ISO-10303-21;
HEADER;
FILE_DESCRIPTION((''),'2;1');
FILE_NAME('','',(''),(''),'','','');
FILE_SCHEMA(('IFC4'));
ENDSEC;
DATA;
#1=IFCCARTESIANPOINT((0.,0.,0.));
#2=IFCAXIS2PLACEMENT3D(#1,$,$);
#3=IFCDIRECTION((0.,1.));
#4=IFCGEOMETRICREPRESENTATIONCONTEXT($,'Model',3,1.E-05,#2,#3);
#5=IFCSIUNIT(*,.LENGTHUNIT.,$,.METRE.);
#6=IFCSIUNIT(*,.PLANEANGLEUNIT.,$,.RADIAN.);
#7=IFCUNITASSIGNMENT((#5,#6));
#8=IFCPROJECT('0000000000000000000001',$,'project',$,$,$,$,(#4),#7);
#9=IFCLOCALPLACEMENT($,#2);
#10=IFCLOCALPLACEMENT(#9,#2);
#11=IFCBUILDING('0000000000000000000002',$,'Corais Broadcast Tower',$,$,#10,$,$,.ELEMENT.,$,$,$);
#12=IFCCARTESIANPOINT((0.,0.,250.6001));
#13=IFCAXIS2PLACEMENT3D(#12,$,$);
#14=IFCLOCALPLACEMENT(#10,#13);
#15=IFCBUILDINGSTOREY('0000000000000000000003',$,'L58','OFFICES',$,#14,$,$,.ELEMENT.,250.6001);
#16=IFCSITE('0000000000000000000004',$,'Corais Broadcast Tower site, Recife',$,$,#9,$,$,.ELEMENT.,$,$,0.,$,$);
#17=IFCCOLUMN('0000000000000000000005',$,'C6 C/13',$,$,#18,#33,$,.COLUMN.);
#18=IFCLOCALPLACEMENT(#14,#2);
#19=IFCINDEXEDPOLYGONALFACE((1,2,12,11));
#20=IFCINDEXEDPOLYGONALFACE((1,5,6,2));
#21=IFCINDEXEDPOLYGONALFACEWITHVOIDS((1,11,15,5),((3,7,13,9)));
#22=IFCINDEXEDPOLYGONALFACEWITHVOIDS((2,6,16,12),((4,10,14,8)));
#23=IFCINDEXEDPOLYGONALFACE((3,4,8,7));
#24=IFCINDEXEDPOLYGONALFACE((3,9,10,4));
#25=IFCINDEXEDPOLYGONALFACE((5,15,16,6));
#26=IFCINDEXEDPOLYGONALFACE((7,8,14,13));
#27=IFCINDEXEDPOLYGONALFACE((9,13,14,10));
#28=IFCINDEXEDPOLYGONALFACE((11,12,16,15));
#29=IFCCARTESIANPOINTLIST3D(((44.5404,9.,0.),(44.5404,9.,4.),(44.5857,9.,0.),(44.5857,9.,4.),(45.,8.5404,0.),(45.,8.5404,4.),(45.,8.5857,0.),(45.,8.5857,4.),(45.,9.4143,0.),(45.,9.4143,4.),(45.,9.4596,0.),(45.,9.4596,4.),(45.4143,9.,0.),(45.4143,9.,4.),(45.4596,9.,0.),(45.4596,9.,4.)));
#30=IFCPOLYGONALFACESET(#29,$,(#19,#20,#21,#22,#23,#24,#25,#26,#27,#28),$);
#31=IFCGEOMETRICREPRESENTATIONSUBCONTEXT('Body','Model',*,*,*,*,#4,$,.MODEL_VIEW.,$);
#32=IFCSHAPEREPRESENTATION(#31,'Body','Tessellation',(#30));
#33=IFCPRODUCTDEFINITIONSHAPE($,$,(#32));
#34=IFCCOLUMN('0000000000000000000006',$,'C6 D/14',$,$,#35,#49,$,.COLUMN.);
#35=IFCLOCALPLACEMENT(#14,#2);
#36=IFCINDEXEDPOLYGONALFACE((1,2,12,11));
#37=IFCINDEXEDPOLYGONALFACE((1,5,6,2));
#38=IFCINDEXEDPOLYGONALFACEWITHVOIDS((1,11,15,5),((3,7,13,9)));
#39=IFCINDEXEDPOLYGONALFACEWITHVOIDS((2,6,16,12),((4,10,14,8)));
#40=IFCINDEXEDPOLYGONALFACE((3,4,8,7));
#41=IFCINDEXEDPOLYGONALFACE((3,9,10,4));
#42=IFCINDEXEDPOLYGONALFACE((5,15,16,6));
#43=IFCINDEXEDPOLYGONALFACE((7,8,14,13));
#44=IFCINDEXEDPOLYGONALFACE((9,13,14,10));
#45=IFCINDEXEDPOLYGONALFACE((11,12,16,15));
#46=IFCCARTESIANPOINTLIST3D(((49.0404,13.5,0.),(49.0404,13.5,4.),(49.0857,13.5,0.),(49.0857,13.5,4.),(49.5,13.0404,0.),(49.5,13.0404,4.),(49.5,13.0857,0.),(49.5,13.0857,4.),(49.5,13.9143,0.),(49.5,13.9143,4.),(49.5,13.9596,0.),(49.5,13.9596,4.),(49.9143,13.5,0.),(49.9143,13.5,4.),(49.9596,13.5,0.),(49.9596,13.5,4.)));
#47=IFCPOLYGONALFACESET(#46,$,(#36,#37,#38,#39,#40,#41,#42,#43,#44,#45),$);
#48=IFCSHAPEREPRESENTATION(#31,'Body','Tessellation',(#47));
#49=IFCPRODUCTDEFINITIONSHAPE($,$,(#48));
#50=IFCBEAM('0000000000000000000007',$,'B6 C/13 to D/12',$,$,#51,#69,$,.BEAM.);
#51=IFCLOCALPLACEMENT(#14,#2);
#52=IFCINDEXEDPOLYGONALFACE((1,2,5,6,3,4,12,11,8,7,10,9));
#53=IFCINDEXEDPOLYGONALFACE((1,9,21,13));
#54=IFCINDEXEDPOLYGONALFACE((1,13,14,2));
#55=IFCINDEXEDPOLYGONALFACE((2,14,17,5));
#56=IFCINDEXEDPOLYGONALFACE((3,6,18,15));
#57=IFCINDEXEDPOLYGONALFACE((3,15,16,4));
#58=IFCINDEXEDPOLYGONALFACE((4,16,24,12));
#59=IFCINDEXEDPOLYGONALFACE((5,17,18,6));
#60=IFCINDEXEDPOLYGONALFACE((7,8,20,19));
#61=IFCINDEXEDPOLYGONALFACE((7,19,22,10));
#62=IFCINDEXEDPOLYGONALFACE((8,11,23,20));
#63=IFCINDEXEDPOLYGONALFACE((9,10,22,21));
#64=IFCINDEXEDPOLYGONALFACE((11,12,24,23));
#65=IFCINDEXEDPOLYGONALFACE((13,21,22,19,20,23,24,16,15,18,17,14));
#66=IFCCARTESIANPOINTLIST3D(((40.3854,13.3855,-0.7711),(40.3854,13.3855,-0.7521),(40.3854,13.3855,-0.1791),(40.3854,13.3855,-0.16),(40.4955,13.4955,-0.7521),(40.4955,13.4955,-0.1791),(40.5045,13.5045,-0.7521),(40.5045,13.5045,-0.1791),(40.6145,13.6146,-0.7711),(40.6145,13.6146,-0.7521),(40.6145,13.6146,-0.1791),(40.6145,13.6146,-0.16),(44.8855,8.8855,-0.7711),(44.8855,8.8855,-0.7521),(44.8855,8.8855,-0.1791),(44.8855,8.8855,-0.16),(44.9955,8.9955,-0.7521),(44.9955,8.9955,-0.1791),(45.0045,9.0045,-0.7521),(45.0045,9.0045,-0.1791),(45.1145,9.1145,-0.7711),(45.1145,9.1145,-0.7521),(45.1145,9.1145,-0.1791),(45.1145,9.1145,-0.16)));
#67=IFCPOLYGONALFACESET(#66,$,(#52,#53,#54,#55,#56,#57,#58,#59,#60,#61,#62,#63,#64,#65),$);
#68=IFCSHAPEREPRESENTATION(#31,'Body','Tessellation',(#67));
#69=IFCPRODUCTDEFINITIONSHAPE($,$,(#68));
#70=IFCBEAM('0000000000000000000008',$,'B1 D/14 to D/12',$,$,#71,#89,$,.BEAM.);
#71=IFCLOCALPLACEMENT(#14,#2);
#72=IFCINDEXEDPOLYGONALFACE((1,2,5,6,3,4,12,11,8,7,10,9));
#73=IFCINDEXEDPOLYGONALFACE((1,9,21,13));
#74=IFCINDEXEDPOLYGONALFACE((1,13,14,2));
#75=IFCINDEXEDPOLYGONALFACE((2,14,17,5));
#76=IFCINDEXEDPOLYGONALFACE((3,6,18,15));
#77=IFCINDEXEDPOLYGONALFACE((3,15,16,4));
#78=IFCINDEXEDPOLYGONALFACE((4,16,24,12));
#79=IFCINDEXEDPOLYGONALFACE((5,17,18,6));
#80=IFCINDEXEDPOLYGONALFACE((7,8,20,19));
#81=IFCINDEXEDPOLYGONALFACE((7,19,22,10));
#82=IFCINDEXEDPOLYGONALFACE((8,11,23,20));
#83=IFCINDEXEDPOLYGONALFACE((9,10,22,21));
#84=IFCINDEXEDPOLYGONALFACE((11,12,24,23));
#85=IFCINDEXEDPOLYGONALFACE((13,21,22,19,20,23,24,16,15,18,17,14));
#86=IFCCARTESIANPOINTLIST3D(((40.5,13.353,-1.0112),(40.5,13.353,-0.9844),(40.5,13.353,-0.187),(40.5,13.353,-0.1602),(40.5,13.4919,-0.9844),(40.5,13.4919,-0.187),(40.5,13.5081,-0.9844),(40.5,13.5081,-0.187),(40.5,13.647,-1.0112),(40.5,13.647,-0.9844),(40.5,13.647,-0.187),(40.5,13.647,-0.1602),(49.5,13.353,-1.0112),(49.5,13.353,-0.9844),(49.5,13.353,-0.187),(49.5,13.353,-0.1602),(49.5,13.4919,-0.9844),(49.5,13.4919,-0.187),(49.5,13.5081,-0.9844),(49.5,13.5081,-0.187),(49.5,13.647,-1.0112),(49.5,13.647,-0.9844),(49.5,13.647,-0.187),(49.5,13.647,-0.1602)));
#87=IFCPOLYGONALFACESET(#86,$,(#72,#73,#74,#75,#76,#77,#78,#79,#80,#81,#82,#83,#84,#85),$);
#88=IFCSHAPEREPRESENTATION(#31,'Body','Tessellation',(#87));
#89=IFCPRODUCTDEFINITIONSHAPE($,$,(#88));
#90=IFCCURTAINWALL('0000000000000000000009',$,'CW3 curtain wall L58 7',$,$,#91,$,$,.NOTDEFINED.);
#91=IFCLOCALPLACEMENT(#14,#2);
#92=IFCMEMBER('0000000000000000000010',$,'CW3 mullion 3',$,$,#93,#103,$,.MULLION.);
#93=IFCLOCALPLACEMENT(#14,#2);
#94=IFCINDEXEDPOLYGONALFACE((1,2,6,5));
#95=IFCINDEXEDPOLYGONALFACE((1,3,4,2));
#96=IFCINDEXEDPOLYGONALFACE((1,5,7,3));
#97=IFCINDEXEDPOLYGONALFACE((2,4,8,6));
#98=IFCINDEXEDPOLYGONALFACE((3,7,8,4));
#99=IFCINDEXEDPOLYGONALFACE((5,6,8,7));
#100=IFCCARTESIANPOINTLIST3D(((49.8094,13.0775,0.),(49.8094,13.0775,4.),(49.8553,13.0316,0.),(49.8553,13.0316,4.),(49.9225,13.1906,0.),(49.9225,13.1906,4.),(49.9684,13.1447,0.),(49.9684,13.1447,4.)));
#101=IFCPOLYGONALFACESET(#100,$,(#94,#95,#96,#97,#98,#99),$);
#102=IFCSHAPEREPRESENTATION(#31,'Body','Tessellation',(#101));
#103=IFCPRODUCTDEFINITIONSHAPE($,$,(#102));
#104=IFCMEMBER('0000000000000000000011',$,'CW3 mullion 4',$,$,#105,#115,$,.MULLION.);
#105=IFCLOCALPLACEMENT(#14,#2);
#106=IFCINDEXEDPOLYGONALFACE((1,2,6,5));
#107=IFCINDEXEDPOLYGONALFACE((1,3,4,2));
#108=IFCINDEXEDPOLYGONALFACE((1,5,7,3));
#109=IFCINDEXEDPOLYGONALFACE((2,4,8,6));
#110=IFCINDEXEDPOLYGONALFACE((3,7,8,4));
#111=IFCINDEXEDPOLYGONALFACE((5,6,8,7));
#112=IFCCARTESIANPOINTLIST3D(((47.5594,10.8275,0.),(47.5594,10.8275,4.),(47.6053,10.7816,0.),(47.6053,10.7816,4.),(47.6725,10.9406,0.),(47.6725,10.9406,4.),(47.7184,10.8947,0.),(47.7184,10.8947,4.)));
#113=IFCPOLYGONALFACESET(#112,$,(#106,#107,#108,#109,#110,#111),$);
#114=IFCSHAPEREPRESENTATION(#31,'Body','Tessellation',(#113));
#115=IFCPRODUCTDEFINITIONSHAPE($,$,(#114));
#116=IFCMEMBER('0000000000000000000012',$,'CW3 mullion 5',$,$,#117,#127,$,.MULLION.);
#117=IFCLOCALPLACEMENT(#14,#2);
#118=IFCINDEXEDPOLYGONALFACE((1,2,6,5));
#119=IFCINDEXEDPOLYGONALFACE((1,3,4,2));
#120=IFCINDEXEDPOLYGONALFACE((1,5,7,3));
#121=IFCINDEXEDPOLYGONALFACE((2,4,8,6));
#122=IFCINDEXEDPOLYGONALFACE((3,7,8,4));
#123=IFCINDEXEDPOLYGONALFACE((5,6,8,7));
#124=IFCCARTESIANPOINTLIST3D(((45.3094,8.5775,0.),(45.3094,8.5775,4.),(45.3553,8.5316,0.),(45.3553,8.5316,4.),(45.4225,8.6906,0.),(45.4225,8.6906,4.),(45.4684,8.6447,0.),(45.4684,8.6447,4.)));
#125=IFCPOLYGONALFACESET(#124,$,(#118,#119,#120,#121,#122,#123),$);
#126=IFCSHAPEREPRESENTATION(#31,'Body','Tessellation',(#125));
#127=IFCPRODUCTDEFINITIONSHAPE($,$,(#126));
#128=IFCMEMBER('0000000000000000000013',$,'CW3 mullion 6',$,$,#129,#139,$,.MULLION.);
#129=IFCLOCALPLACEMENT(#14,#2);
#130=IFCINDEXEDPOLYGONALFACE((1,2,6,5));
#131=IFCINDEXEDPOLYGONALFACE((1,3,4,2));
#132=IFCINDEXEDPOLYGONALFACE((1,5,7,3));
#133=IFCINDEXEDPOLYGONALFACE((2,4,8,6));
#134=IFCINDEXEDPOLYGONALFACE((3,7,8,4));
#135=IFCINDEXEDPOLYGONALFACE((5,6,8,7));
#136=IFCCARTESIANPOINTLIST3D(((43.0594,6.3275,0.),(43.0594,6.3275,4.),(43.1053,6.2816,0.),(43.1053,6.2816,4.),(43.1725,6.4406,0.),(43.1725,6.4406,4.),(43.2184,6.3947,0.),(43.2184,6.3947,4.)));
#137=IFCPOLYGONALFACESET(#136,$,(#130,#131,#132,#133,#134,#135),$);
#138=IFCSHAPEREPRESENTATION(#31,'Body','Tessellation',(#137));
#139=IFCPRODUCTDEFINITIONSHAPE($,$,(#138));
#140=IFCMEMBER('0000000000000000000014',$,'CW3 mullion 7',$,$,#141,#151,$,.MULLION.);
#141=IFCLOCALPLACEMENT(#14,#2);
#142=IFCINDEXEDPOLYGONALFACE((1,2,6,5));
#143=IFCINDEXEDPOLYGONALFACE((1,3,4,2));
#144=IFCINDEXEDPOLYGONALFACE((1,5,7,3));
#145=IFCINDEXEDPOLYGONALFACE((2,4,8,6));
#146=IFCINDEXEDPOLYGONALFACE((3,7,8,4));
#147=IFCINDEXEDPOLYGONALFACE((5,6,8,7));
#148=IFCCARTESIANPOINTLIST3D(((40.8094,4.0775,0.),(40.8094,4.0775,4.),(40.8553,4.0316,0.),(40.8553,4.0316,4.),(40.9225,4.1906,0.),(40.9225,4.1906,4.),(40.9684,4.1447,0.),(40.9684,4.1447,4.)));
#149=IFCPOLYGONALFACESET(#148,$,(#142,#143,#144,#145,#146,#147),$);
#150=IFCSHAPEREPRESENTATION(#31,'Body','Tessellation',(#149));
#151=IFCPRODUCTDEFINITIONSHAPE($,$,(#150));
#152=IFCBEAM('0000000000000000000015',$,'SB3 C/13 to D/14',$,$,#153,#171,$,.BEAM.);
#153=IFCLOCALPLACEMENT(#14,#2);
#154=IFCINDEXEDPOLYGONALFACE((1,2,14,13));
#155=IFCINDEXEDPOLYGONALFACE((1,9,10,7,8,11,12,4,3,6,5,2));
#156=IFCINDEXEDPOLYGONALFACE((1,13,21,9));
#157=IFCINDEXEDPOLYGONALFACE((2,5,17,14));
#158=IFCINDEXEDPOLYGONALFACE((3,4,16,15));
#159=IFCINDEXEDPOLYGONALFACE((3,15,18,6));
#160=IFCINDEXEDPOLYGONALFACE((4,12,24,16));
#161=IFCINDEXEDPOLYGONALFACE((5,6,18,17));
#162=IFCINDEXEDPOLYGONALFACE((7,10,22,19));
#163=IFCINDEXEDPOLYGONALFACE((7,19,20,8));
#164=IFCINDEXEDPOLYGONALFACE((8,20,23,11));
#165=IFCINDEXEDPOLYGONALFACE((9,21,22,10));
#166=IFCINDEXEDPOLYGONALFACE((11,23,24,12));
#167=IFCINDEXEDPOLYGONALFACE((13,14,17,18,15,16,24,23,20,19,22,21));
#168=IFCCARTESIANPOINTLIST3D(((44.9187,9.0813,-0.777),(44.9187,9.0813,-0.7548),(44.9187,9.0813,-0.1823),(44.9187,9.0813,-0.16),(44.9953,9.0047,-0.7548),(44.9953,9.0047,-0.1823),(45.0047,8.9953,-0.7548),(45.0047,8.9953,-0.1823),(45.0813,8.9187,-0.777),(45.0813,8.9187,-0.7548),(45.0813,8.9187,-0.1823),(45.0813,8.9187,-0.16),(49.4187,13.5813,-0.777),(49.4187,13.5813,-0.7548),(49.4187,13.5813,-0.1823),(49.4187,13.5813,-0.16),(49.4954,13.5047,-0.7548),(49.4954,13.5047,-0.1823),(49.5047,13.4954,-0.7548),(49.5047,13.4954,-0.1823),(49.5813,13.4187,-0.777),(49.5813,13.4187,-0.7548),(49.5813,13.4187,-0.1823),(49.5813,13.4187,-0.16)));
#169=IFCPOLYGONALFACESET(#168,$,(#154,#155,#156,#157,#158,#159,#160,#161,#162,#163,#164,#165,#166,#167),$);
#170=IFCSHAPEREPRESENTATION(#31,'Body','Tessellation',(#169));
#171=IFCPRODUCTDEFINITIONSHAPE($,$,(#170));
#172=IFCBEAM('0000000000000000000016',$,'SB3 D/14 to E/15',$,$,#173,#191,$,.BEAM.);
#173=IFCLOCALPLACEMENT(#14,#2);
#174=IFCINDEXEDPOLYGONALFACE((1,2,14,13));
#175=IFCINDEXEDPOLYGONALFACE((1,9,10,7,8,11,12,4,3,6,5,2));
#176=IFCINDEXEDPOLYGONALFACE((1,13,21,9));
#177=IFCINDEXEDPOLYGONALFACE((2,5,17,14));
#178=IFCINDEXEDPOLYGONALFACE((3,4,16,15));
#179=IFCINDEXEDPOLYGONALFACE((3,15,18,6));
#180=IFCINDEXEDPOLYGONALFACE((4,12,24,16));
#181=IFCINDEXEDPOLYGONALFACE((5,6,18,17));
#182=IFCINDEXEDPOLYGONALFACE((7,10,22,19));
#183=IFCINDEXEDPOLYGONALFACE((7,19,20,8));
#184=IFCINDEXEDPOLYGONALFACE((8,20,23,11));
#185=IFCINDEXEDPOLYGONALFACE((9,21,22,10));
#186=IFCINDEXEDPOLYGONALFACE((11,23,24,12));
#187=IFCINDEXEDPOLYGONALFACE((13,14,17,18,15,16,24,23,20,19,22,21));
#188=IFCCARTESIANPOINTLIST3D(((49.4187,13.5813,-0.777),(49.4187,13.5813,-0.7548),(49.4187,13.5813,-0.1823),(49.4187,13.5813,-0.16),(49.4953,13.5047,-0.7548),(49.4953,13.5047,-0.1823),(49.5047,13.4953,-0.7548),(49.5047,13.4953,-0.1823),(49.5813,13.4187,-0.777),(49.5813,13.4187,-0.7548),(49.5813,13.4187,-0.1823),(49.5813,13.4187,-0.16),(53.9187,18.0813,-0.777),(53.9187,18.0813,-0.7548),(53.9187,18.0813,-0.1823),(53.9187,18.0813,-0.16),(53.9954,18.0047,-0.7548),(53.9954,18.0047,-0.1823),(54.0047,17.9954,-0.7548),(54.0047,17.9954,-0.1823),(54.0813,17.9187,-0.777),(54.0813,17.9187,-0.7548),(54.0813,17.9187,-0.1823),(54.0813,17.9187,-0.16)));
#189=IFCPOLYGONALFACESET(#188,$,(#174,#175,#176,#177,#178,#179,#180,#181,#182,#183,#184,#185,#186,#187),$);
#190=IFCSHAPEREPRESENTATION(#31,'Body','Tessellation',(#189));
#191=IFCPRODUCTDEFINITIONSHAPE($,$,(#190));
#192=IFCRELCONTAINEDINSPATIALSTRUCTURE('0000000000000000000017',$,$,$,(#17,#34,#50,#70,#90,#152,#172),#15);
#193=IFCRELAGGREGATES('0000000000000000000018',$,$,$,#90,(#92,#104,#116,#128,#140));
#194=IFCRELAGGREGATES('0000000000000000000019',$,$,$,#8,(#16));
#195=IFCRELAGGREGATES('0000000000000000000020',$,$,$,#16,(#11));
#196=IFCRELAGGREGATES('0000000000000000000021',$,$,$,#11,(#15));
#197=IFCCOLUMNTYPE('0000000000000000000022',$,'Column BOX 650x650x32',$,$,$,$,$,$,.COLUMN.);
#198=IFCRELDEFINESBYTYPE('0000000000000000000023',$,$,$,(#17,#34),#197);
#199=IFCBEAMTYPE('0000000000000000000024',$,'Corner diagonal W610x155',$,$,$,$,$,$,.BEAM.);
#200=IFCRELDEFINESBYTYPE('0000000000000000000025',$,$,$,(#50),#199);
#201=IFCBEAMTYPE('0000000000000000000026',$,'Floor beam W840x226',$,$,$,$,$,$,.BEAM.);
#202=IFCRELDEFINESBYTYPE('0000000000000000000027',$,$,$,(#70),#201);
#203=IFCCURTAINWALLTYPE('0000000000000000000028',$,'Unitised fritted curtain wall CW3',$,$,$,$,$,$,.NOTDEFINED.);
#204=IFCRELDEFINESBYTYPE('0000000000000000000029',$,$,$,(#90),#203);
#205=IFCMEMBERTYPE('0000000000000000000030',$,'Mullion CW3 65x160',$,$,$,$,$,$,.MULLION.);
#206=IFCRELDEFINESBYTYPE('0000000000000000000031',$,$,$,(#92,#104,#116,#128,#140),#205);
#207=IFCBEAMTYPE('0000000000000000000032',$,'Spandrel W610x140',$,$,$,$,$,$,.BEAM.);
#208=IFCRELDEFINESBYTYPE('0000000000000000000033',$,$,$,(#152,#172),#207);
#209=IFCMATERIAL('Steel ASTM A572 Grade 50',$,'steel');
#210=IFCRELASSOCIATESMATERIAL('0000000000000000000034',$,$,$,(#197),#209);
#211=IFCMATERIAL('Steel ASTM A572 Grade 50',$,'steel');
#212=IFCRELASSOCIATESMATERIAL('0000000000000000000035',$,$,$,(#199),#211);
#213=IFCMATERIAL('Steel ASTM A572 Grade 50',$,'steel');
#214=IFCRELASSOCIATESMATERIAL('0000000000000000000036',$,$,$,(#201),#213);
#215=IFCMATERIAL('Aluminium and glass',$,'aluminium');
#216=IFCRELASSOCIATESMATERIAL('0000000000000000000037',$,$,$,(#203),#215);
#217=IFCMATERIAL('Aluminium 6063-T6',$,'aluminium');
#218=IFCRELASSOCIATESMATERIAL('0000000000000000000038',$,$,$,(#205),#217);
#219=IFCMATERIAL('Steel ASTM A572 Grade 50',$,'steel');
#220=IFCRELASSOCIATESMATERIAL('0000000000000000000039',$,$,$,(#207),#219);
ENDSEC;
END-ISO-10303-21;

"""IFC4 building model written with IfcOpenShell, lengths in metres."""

from ifc_helpers import new_model, si_unit, direction, frame, origin, origin_2d, place, context, subcontext, project, spatial, rectangle, hollow_rectangle, i_section, extrude, material, material_profile, profile_set, type_object, element, aggregate, save


model = new_model("IFC4")

# Units and contexts
model_context = context("Model", 3, precision=1e-05, world=origin(), true_north=direction((0.0, 1.0)))
body_context = subcontext(model_context, "Body", "Model", "MODEL_VIEW")
ifc_project = project(units=[si_unit("LENGTHUNIT", "METRE"), si_unit("PLANEANGLEUNIT", "RADIAN")], contexts=[model_context])

# Site, building, storey
site_placement = place(None, origin())
site = spatial("IfcSite", under=ifc_project, at=site_placement, Name="Corais Broadcast Tower site, Recife", CompositionType="ELEMENT", RefElevation=0.0)
building_placement = place(site_placement, origin())
building = spatial("IfcBuilding", under=site, at=building_placement, Name="Corais Broadcast Tower", CompositionType="ELEMENT")
storey_placement = place(building_placement, frame((0.0, 0.0, 250.6001)))
storey = spatial("IfcBuildingStorey", under=building, at=storey_placement, Name="L58", Description="OFFICES", CompositionType="ELEMENT", Elevation=250.6001)

# Columns
ifc_material_1 = material(Name="Steel ASTM A572 Grade 50", Category="steel")
ifc_material_profile_1 = material_profile(ifc_material_1, hollow_rectangle(XDim=0.6499, YDim=0.6499, WallThickness=0.032, at=origin_2d()), Name="BOX 650x650x32")
ifc_profile_set_1 = profile_set([ifc_material_profile_1], Name="Steel ASTM A572 Grade 50")
column_type = type_object("IfcColumnType", Name="Column BOX 650x650x32", PredefinedType="COLUMN", material=ifc_profile_set_1)
for number, where, z_axis, x_axis, name in (
    (1, (45.0, 9.0, 0.0), (0.0, 0.0, 1.0), (0.707107, 0.707107, 0.0), "C6 C/13"),
    (2, (49.5, 13.5, 0.0), (0.0, 0.0, 1.0), (0.707107, 0.707107, 0.0), "C6 D/14"),
):
    element("IfcColumn", number, at=place(storey_placement, frame(where, z_axis=z_axis, x_axis=x_axis)), inside=storey, type_object=column_type, Name=name, PredefinedType="COLUMN", context=body_context, shape_type="SweptSolid", body=[
        extrude(hollow_rectangle(XDim=0.6499, YDim=0.6499, WallThickness=0.032, at=origin_2d()), origin(), (0.0, 0.0, 1.0), 4.0),
    ])

# Beams
ifc_material_2 = material(Name="Steel ASTM A572 Grade 50", Category="steel")
ifc_material_profile_2 = material_profile(ifc_material_2, i_section(OverallWidth=0.324, OverallDepth=0.6111, WebThickness=0.0127, FlangeThickness=0.019, at=origin_2d()), Name="W610x155")
ifc_profile_set_2 = profile_set([ifc_material_profile_2], Name="Steel ASTM A572 Grade 50")
beam_type_1 = type_object("IfcBeamType", Name="Corner diagonal W610x155", PredefinedType="BEAM", material=ifc_profile_set_2)
beam_1_placement = place(storey_placement, frame((45.0, 9.0, -0.4656), z_axis=(-0.707107, 0.707107, 0.0), x_axis=(-0.707107, -0.707107, 0.0)))
element("IfcBeam", 3, at=beam_1_placement, inside=storey, type_object=beam_type_1, Name="B6 C/13 to D/12", PredefinedType="BEAM", context=body_context, shape_type="SweptSolid", body=[
    extrude(i_section(OverallWidth=0.324, OverallDepth=0.6111, WebThickness=0.0127, FlangeThickness=0.019, at=origin_2d()), origin(), (0.0, 0.0, 1.0), 6.364),
])
ifc_material_3 = material(Name="Steel ASTM A572 Grade 50", Category="steel")
ifc_material_profile_3 = material_profile(ifc_material_3, i_section(OverallWidth=0.2939, OverallDepth=0.8511, WebThickness=0.0161, FlangeThickness=0.0269, at=origin_2d()), Name="W840x226")
ifc_profile_set_3 = profile_set([ifc_material_profile_3], Name="Steel ASTM A572 Grade 50")
beam_type_2 = type_object("IfcBeamType", Name="Floor beam W840x226", PredefinedType="BEAM", material=ifc_profile_set_3)
beam_2_placement = place(storey_placement, frame((49.5, 13.5, -0.5857), z_axis=(-1.0, 0.0, 0.0), x_axis=(0.0, -1.0, 0.0)))
element("IfcBeam", 4, at=beam_2_placement, inside=storey, type_object=beam_type_2, Name="B1 D/14 to D/12", PredefinedType="BEAM", context=body_context, shape_type="SweptSolid", body=[
    extrude(i_section(OverallWidth=0.2939, OverallDepth=0.8511, WebThickness=0.0161, FlangeThickness=0.0269, at=origin_2d()), origin(), (0.0, 0.0, 1.0), 9.0),
])

# Curtain wall, members
ifc_material_4 = material(Name="Aluminium and glass", Category="aluminium")
curtain_wall_type = type_object("IfcCurtainWallType", Name="Unitised fritted curtain wall CW3", PredefinedType="NOTDEFINED", material=ifc_material_4)
curtain_wall_placement = place(storey_placement, origin())
curtain_wall = element("IfcCurtainWall", 5, at=curtain_wall_placement, inside=storey, type_object=curtain_wall_type, Name="CW3 curtain wall L58 7", PredefinedType="NOTDEFINED")
ifc_material_5 = material(Name="Aluminium 6063-T6", Category="aluminium")
ifc_material_profile_4 = material_profile(ifc_material_5, rectangle(XDim=0.0649, YDim=0.1599, at=origin_2d()), Name="Mullion CW3 65x160")
ifc_profile_set_4 = profile_set([ifc_material_profile_4], Name="Aluminium 6063-T6")
member_type_1 = type_object("IfcMemberType", Name="Mullion CW3 65x160", PredefinedType="MULLION", material=ifc_profile_set_4)
member_1_placement = place(storey_placement, frame((49.8889, 13.1111, 0.0), z_axis=(0.0, 0.0, 1.0), x_axis=(0.707107, -0.707107, 0.0)))
member_1 = element("IfcMember", 6, at=member_1_placement, type_object=member_type_1, Name="CW3 mullion 3", PredefinedType="MULLION", context=body_context, shape_type="SweptSolid", body=[
    extrude(rectangle(XDim=0.0649, YDim=0.1599, at=origin_2d()), origin(), (0.0, 0.0, 1.0), 4.0),
])
member_2_placement = place(storey_placement, frame((47.6389, 10.8611, 0.0), z_axis=(0.0, 0.0, 1.0), x_axis=(0.707107, -0.707107, 0.0)))
member_2 = element("IfcMember", 7, at=member_2_placement, type_object=member_type_1, Name="CW3 mullion 4", PredefinedType="MULLION", context=body_context, shape_type="SweptSolid", body=[
    extrude(rectangle(XDim=0.0649, YDim=0.1599, at=origin_2d()), origin(), (0.0, 0.0, 1.0), 4.0),
])
member_3_placement = place(storey_placement, frame((45.3889, 8.6111, 0.0), z_axis=(0.0, 0.0, 1.0), x_axis=(0.707107, -0.707107, 0.0)))
member_3 = element("IfcMember", 8, at=member_3_placement, type_object=member_type_1, Name="CW3 mullion 5", PredefinedType="MULLION", context=body_context, shape_type="SweptSolid", body=[
    extrude(rectangle(XDim=0.0649, YDim=0.1599, at=origin_2d()), origin(), (0.0, 0.0, 1.0), 4.0),
])
member_4_placement = place(storey_placement, frame((43.1389, 6.3611, 0.0), z_axis=(0.0, 0.0, 1.0), x_axis=(0.707107, -0.707107, 0.0)))
member_4 = element("IfcMember", 9, at=member_4_placement, type_object=member_type_1, Name="CW3 mullion 6", PredefinedType="MULLION", context=body_context, shape_type="SweptSolid", body=[
    extrude(rectangle(XDim=0.0649, YDim=0.1599, at=origin_2d()), origin(), (0.0, 0.0, 1.0), 4.0),
])
member_5_placement = place(storey_placement, frame((40.8889, 4.1111, 0.0), z_axis=(0.0, 0.0, 1.0), x_axis=(0.707107, -0.707107, 0.0)))
member_5 = element("IfcMember", 10, at=member_5_placement, type_object=member_type_1, Name="CW3 mullion 7", PredefinedType="MULLION", context=body_context, shape_type="SweptSolid", body=[
    extrude(rectangle(XDim=0.0649, YDim=0.1599, at=origin_2d()), origin(), (0.0, 0.0, 1.0), 4.0),
])

# Beams
ifc_material_6 = material(Name="Steel ASTM A572 Grade 50", Category="steel")
ifc_material_profile_5 = material_profile(ifc_material_6, i_section(OverallWidth=0.23, OverallDepth=0.6169, WebThickness=0.0132, FlangeThickness=0.0222, at=origin_2d()), Name="W610x140")
ifc_profile_set_5 = profile_set([ifc_material_profile_5], Name="Steel ASTM A572 Grade 50")
beam_type_3 = type_object("IfcBeamType", Name="Spandrel W610x140", PredefinedType="BEAM", material=ifc_profile_set_5)
for number, where, z_axis, x_axis, name in (
    (11, (45.0, 9.0, -0.4685), (0.707107, 0.707107, 0.0), (-0.707107, 0.707107, 0.0), "SB3 C/13 to D/14"),
    (12, (49.5, 13.5, -0.4685), (0.707107, 0.707107, 0.0), (-0.707107, 0.707107, 0.0), "SB3 D/14 to E/15"),
):
    element("IfcBeam", number, at=place(storey_placement, frame(where, z_axis=z_axis, x_axis=x_axis)), inside=storey, type_object=beam_type_3, Name=name, PredefinedType="BEAM", context=body_context, shape_type="SweptSolid", body=[
        extrude(i_section(OverallWidth=0.23, OverallDepth=0.6169, WebThickness=0.0132, FlangeThickness=0.0222, at=origin_2d()), origin(), (0.0, 0.0, 1.0), 6.364),
    ])

aggregate(curtain_wall, [member_1, member_2, member_3, member_4, member_5])

save(model, "model.ifc")
